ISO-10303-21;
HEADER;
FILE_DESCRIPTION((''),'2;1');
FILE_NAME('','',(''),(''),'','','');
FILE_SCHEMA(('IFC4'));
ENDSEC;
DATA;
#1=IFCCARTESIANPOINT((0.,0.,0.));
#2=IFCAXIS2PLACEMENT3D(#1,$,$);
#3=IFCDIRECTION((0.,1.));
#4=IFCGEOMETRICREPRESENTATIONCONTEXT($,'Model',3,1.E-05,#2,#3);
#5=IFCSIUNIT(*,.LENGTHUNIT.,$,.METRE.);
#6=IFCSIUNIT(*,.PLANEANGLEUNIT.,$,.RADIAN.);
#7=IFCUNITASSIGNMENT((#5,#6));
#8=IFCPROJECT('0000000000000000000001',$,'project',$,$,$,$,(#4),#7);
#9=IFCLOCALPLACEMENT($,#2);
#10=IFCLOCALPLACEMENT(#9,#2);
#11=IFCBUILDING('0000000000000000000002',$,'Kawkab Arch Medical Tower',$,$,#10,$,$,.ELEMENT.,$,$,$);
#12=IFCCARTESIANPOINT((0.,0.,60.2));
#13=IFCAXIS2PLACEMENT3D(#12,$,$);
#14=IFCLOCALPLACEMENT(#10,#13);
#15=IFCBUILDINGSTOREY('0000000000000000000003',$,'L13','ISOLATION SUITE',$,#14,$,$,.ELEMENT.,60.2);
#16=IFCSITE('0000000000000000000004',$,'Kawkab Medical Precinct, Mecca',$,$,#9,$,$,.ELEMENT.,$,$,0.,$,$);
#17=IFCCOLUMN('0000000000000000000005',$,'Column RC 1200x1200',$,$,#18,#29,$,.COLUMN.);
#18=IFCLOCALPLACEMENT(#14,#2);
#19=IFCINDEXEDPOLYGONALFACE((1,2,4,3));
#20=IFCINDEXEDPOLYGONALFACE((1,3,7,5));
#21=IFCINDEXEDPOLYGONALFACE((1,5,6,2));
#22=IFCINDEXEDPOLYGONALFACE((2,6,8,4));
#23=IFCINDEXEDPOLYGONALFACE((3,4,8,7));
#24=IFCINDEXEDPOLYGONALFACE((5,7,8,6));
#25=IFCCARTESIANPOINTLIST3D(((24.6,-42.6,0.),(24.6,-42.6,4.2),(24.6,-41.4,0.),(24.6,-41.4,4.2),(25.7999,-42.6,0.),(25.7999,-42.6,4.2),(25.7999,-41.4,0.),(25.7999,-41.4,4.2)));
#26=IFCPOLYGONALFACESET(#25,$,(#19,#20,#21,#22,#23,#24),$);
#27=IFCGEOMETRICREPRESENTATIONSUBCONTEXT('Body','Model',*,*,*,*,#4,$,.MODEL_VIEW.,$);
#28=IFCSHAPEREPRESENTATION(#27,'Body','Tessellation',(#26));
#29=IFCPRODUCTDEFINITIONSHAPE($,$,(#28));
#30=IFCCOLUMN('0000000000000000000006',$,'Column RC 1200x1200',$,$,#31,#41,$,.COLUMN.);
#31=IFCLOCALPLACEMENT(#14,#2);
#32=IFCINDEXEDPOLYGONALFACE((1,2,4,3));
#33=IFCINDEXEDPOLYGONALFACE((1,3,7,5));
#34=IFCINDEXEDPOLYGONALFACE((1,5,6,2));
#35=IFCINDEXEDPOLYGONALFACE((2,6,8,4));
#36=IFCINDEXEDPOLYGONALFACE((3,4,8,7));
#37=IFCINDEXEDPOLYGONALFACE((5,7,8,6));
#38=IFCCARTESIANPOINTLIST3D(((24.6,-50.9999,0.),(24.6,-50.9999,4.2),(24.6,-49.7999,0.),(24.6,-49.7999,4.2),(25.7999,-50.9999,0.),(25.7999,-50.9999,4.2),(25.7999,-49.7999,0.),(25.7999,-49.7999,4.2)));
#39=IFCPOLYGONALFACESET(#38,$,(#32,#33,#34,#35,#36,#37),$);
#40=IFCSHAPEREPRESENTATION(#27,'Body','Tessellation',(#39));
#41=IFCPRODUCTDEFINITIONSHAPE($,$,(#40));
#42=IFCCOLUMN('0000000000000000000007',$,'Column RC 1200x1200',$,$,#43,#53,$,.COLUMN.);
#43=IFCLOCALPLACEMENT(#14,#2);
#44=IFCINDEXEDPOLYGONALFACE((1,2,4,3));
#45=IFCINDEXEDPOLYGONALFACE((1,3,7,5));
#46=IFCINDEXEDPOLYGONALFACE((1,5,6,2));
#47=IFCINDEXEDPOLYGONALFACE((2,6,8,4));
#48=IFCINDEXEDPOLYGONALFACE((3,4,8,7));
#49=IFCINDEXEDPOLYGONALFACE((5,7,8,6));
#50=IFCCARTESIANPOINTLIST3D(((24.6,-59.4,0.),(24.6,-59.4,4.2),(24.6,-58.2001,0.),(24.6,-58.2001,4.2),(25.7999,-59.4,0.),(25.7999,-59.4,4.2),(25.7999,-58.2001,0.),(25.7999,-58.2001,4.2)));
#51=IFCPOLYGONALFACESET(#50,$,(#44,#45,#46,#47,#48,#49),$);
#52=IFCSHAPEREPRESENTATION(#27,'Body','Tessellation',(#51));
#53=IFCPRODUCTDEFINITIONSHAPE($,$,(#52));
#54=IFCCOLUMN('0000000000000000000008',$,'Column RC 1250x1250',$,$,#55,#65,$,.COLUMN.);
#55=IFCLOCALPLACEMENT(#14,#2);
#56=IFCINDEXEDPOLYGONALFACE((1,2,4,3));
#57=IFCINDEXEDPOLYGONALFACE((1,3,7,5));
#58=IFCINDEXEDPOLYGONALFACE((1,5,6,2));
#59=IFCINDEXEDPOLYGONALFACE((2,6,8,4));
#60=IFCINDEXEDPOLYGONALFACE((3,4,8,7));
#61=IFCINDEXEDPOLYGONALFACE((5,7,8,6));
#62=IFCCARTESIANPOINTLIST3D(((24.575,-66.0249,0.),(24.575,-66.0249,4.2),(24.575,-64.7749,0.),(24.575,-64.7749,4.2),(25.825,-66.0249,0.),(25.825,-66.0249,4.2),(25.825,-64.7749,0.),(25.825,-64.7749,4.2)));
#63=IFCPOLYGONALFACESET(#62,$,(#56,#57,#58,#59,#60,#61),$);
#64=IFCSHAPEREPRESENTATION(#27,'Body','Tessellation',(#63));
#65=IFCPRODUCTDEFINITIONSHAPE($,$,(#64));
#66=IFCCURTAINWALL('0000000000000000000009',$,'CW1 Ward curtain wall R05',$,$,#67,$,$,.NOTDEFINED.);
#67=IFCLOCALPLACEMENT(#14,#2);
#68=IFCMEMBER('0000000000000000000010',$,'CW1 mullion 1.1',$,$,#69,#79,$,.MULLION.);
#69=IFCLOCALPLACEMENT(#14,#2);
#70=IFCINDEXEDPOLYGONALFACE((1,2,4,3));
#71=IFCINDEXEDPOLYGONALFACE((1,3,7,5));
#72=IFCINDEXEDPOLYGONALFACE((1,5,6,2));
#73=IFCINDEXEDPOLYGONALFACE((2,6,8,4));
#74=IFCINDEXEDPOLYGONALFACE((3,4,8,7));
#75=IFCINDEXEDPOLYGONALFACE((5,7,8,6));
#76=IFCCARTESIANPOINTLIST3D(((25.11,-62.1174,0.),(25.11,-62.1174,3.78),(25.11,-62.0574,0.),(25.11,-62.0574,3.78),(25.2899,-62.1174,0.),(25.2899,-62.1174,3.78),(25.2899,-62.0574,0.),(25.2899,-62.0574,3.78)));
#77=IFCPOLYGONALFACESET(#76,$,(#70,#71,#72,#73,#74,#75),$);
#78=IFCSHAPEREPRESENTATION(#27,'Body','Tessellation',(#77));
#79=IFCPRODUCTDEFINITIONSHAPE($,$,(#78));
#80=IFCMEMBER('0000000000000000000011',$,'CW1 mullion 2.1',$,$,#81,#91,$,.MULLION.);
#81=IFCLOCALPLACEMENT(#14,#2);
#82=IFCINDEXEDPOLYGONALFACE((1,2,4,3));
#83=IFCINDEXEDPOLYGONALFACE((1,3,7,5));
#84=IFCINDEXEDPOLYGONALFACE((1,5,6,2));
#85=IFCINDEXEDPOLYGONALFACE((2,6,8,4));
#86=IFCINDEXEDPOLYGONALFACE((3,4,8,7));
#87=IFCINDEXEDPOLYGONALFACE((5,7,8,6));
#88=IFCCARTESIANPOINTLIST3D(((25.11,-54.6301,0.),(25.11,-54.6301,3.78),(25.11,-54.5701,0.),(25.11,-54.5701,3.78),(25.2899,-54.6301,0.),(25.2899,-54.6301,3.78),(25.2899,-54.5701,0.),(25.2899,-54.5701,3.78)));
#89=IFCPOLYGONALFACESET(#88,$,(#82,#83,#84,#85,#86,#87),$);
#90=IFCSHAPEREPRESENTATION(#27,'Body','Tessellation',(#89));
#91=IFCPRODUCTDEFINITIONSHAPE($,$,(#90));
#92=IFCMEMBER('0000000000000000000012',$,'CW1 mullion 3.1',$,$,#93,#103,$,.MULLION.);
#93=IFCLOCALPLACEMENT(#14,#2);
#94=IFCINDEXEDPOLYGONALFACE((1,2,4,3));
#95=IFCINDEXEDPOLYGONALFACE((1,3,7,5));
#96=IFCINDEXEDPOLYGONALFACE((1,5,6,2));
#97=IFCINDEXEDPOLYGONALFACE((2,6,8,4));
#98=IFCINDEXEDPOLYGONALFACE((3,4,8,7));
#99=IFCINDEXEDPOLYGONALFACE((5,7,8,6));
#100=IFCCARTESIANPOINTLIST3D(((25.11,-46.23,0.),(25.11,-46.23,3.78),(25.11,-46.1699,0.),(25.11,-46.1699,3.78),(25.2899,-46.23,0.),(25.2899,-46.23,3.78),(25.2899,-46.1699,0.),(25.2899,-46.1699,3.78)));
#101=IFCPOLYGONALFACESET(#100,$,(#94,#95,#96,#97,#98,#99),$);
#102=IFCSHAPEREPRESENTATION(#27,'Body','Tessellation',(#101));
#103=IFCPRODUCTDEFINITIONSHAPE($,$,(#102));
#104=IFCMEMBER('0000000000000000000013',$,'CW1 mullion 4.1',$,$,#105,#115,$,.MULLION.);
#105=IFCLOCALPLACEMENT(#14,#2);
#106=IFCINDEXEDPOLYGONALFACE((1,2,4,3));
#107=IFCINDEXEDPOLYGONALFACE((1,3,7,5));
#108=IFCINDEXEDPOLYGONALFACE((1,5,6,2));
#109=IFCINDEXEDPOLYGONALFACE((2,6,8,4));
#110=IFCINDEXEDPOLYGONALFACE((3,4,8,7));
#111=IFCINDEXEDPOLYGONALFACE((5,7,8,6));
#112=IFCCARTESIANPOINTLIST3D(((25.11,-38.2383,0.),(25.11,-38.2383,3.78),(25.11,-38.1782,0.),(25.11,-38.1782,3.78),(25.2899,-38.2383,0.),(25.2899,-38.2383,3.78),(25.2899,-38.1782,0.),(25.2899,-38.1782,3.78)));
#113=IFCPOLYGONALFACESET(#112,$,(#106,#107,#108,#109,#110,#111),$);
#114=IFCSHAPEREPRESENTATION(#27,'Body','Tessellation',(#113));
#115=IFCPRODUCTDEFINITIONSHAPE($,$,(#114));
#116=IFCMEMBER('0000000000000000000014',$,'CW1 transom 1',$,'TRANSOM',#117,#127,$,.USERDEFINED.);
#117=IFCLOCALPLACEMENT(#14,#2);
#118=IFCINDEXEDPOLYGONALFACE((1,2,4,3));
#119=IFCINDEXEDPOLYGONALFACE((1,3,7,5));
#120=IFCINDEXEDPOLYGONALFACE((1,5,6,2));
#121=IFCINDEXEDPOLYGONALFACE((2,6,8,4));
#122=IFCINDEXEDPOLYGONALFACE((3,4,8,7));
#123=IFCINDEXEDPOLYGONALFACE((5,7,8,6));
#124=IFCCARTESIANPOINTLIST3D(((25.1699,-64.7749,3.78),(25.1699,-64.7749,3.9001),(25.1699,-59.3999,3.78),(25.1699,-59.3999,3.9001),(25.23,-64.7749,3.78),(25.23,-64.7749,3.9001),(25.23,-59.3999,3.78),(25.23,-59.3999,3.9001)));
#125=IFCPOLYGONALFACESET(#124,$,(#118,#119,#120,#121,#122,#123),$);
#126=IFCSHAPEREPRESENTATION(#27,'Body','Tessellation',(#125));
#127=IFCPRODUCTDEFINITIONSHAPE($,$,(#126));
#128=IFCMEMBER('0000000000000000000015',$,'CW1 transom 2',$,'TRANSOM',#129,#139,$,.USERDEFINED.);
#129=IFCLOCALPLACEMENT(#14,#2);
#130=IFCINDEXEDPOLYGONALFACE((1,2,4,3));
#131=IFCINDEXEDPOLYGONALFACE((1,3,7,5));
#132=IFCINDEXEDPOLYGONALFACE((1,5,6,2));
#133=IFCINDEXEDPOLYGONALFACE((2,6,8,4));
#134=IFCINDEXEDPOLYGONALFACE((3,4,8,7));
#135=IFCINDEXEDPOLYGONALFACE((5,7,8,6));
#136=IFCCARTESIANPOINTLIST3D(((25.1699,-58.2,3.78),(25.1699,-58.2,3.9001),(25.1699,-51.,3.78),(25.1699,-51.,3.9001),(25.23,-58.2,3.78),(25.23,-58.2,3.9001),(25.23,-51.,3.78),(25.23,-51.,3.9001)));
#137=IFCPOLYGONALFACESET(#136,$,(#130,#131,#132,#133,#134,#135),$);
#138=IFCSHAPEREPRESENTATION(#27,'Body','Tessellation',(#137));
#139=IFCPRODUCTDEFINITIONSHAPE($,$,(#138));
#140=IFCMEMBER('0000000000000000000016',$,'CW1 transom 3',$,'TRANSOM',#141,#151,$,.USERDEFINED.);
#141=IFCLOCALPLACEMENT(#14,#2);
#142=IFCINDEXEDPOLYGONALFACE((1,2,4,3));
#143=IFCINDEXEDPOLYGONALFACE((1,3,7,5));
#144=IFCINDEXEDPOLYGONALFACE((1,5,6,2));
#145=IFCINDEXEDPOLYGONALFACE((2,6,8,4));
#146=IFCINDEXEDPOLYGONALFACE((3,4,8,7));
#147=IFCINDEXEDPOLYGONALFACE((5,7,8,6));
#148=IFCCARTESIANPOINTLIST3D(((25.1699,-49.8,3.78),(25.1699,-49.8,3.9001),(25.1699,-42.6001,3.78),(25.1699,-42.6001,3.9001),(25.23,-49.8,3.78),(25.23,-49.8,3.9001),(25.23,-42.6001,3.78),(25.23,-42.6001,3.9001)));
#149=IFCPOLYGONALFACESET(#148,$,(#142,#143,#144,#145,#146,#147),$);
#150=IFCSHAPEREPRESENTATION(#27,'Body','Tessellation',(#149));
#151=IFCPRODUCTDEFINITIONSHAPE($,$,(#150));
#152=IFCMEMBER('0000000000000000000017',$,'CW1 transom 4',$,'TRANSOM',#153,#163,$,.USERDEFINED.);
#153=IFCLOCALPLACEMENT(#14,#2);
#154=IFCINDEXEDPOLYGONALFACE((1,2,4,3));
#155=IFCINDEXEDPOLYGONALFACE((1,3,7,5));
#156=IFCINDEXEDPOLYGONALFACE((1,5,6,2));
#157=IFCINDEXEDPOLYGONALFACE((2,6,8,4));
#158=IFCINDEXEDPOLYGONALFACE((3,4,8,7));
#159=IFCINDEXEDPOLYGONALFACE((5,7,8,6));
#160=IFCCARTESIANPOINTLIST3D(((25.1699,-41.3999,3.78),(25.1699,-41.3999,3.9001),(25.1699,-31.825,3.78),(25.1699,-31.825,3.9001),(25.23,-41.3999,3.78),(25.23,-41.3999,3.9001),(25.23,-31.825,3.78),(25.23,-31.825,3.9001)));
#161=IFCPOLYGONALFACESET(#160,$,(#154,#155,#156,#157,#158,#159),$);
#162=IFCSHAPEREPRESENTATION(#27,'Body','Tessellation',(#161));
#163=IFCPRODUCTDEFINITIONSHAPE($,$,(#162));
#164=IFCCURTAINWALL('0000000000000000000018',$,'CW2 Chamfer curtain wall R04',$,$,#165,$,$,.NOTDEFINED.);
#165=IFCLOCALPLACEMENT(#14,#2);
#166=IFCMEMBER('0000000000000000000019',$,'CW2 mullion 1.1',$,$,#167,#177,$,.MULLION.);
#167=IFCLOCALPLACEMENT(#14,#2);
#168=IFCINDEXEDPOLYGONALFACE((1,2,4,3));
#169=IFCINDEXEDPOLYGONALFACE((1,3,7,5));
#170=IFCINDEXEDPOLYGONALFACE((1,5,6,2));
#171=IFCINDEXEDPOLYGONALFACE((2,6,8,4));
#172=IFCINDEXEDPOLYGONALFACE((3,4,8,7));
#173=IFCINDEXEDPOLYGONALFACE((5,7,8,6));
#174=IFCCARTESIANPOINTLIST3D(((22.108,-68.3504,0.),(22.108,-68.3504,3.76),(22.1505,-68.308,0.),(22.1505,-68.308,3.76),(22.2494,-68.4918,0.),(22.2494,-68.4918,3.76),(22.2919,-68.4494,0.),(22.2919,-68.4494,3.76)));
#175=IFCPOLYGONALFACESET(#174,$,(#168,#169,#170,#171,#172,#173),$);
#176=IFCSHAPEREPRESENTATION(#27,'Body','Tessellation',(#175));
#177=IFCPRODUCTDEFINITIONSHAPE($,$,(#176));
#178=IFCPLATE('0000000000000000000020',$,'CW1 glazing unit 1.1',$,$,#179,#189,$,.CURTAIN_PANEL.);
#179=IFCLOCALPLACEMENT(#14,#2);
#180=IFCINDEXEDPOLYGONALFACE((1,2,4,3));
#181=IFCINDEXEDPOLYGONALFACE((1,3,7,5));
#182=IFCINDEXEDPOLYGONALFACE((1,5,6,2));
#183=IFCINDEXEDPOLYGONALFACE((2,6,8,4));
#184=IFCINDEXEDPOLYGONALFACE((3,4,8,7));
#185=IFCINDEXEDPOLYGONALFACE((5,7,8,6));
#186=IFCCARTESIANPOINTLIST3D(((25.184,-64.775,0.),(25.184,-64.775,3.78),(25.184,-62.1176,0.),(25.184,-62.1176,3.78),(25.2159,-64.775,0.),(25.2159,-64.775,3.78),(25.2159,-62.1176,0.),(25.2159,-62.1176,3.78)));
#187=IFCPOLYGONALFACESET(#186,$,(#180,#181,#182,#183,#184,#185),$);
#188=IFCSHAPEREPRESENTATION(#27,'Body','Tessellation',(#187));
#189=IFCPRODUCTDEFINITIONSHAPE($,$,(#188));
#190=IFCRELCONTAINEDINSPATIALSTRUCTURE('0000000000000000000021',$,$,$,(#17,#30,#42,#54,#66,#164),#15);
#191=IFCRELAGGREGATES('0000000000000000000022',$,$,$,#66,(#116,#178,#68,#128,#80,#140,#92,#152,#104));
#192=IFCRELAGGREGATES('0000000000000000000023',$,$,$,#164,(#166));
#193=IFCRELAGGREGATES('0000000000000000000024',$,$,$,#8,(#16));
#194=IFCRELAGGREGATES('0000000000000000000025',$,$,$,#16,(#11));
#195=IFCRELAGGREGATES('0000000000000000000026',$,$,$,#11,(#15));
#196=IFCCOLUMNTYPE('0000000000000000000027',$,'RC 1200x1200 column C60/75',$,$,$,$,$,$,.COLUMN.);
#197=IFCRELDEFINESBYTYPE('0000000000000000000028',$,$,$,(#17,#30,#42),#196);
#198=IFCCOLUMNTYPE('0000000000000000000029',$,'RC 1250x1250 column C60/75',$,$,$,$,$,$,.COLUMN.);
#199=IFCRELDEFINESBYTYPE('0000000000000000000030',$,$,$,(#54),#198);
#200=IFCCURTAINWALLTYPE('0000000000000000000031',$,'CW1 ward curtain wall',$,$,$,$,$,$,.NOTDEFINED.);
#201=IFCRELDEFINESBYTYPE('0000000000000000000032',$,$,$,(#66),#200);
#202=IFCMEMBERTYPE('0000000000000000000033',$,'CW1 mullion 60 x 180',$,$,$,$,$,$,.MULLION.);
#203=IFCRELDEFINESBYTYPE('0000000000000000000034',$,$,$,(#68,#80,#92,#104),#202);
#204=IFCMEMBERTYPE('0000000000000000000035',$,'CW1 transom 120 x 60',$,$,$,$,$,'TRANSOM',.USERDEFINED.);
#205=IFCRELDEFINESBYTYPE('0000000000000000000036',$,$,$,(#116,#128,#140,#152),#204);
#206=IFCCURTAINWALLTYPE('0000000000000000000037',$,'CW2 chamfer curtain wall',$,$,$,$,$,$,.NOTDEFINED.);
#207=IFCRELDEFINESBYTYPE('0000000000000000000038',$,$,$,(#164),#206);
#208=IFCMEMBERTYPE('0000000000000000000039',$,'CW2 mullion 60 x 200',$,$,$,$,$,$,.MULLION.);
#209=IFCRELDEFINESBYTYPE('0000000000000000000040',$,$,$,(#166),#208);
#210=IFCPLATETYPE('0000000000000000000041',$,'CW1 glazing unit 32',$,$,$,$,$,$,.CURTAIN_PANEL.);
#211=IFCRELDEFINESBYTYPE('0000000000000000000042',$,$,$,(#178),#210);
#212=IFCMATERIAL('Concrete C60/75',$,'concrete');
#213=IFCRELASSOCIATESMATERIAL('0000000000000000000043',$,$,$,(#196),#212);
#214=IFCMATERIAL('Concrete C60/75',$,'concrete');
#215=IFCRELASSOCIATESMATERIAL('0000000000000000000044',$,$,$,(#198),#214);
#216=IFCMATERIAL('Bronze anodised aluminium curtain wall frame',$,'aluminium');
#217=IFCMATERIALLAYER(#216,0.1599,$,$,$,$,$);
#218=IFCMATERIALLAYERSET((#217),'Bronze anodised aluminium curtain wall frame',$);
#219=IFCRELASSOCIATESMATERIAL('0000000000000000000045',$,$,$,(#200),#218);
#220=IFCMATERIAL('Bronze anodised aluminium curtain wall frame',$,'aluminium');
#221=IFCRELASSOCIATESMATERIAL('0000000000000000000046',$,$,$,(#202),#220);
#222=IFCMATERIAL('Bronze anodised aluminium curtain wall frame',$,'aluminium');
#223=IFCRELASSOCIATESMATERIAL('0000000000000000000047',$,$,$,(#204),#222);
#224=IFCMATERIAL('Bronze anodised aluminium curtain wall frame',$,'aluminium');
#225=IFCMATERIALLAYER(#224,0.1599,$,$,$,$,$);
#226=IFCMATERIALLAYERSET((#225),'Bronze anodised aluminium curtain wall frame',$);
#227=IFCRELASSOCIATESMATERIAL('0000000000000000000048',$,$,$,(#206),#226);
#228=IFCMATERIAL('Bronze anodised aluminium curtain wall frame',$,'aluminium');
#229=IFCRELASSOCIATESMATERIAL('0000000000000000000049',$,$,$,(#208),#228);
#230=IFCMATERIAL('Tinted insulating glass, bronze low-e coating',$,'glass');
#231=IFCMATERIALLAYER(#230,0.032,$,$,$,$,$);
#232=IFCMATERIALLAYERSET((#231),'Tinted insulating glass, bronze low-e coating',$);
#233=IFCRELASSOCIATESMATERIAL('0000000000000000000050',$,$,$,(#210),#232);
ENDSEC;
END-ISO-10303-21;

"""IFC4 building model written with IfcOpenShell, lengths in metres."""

from ifc_helpers import new_model, si_unit, direction, frame, origin, origin_2d, place, context, subcontext, project, spatial, rectangle, extrude, material, layer, layer_set, material_profile, profile_set, type_object, element, aggregate, save


model = new_model("IFC4")

# Units and contexts
model_context = context("Model", 3, precision=1e-05, world=origin(), true_north=direction((0.0, 1.0)))
body_context = subcontext(model_context, "Body", "Model", "MODEL_VIEW")
ifc_project = project(units=[si_unit("LENGTHUNIT", "METRE"), si_unit("PLANEANGLEUNIT", "RADIAN")], contexts=[model_context])

# Site, building, storey
site_placement = place(None, origin())
site = spatial("IfcSite", under=ifc_project, at=site_placement, Name="Kawkab Medical Precinct, Mecca", CompositionType="ELEMENT", RefElevation=0.0)
building_placement = place(site_placement, origin())
building = spatial("IfcBuilding", under=site, at=building_placement, Name="Kawkab Arch Medical Tower", CompositionType="ELEMENT")
storey_placement = place(building_placement, frame((0.0, 0.0, 60.2)))
storey = spatial("IfcBuildingStorey", under=building, at=storey_placement, Name="L13", Description="ISOLATION SUITE", CompositionType="ELEMENT", Elevation=60.2)

# Columns
ifc_material_1 = material(Name="Concrete C60/75", Category="concrete")
ifc_material_profile_1 = material_profile(ifc_material_1, rectangle(XDim=1.2, YDim=1.2, at=origin_2d()), Name="RC 1200x1200")
ifc_profile_set_1 = profile_set([ifc_material_profile_1], Name="Concrete C60/75")
column_type_1 = type_object("IfcColumnType", Name="RC 1200x1200 column C60/75", PredefinedType="COLUMN", material=ifc_profile_set_1)
for number, where, z_axis, x_axis, name in (
    (1, (25.2, -42.0, 0.0), (0.0, 0.0, 1.0), (1.0, 0.0, 0.0), "Column RC 1200x1200"),
    (2, (25.2, -50.3999, 0.0), (0.0, 0.0, 1.0), (1.0, 0.0, 0.0), "Column RC 1200x1200"),
    (3, (25.2, -58.8, 0.0), (0.0, 0.0, 1.0), (1.0, 0.0, 0.0), "Column RC 1200x1200"),
):
    element("IfcColumn", number, at=place(storey_placement, frame(where, z_axis=z_axis, x_axis=x_axis)), inside=storey, type_object=column_type_1, Name=name, PredefinedType="COLUMN", context=body_context, shape_type="SweptSolid", body=[
        extrude(rectangle(XDim=1.2, YDim=1.2, at=origin_2d()), origin(), (0.0, 0.0, 1.0), 4.2),
    ])
ifc_material_2 = material(Name="Concrete C60/75", Category="concrete")
ifc_material_profile_2 = material_profile(ifc_material_2, rectangle(XDim=1.25, YDim=1.25, at=origin_2d()), Name="RC 1250x1250")
ifc_profile_set_2 = profile_set([ifc_material_profile_2], Name="Concrete C60/75")
column_type_2 = type_object("IfcColumnType", Name="RC 1250x1250 column C60/75", PredefinedType="COLUMN", material=ifc_profile_set_2)
column_placement = place(storey_placement, frame((25.2, -65.3999, 0.0), z_axis=(0.0, 0.0, 1.0), x_axis=(1.0, 0.0, 0.0)))
element("IfcColumn", 4, at=column_placement, inside=storey, type_object=column_type_2, Name="Column RC 1250x1250", PredefinedType="COLUMN", context=body_context, shape_type="SweptSolid", body=[
    extrude(rectangle(XDim=1.25, YDim=1.25, at=origin_2d()), origin(), (0.0, 0.0, 1.0), 4.2),
])

# Curtain wall, members
ifc_material_3 = material(Name="Bronze anodised aluminium curtain wall frame", Category="aluminium")
ifc_layer_1 = layer(ifc_material_3, 0.1599)
ifc_layer_set_1 = layer_set([ifc_layer_1], Name="Bronze anodised aluminium curtain wall frame")
curtain_wall_type_1 = type_object("IfcCurtainWallType", Name="CW1 ward curtain wall", PredefinedType="NOTDEFINED", material=ifc_layer_set_1)
placement = place(storey_placement, origin())
curtain_wall_1 = element("IfcCurtainWall", 5, at=placement, inside=storey, type_object=curtain_wall_type_1, Name="CW1 Ward curtain wall R05", PredefinedType="NOTDEFINED")
ifc_material_4 = material(Name="Bronze anodised aluminium curtain wall frame", Category="aluminium")
ifc_material_profile_3 = material_profile(ifc_material_4, rectangle(XDim=0.1799, YDim=0.0601, at=origin_2d()), Name="AL 60x180")
ifc_profile_set_3 = profile_set([ifc_material_profile_3], Name="Bronze anodised aluminium curtain wall frame")
member_type_1 = type_object("IfcMemberType", Name="CW1 mullion 60 x 180", PredefinedType="MULLION", material=ifc_profile_set_3)
member_1_placement = place(storey_placement, frame((25.2, -62.0874, 0.0), z_axis=(0.0, 0.0, 1.0), x_axis=(-1.0, 0.0, 0.0)))
member_1 = element("IfcMember", 6, at=member_1_placement, type_object=member_type_1, Name="CW1 mullion 1.1", PredefinedType="MULLION", context=body_context, shape_type="SweptSolid", body=[
    extrude(rectangle(XDim=0.1799, YDim=0.0601, at=origin_2d()), origin(), (0.0, 0.0, 1.0), 3.78),
])
member_2_placement = place(storey_placement, frame((25.2, -54.6001, 0.0), z_axis=(0.0, 0.0, 1.0), x_axis=(-1.0, 0.0, 0.0)))
member_2 = element("IfcMember", 7, at=member_2_placement, type_object=member_type_1, Name="CW1 mullion 2.1", PredefinedType="MULLION", context=body_context, shape_type="SweptSolid", body=[
    extrude(rectangle(XDim=0.1799, YDim=0.0601, at=origin_2d()), origin(), (0.0, 0.0, 1.0), 3.78),
])
member_3_placement = place(storey_placement, frame((25.2, -46.2, 0.0), z_axis=(0.0, 0.0, 1.0), x_axis=(-1.0, 0.0, 0.0)))
member_3 = element("IfcMember", 8, at=member_3_placement, type_object=member_type_1, Name="CW1 mullion 3.1", PredefinedType="MULLION", context=body_context, shape_type="SweptSolid", body=[
    extrude(rectangle(XDim=0.1799, YDim=0.0601, at=origin_2d()), origin(), (0.0, 0.0, 1.0), 3.78),
])
member_4_placement = place(storey_placement, frame((25.2, -38.2083, 0.0), z_axis=(0.0, 0.0, 1.0), x_axis=(-1.0, 0.0, 0.0)))
member_4 = element("IfcMember", 9, at=member_4_placement, type_object=member_type_1, Name="CW1 mullion 4.1", PredefinedType="MULLION", context=body_context, shape_type="SweptSolid", body=[
    extrude(rectangle(XDim=0.1799, YDim=0.0601, at=origin_2d()), origin(), (0.0, 0.0, 1.0), 3.78),
])
ifc_material_5 = material(Name="Bronze anodised aluminium curtain wall frame", Category="aluminium")
ifc_material_profile_4 = material_profile(ifc_material_5, rectangle(XDim=0.0601, YDim=0.1201, at=origin_2d()), Name="AL 60x120")
ifc_profile_set_4 = profile_set([ifc_material_profile_4], Name="Bronze anodised aluminium curtain wall frame")
member_type_2 = type_object("IfcMemberType", Name="CW1 transom 120 x 60", ElementType="TRANSOM", PredefinedType="USERDEFINED", material=ifc_profile_set_4)
member_5_placement = place(storey_placement, frame((25.2, -64.7749, 3.8401), z_axis=(0.0, 1.0, 0.0), x_axis=(-1.0, 0.0, 0.0)))
member_5 = element("IfcMember", 10, at=member_5_placement, type_object=member_type_2, Name="CW1 transom 1", ObjectType="TRANSOM", PredefinedType="USERDEFINED", context=body_context, shape_type="SweptSolid", body=[
    extrude(rectangle(XDim=0.0601, YDim=0.1201, at=origin_2d()), origin(), (0.0, 0.0, 1.0), 5.375),
])
member_6_placement = place(storey_placement, frame((25.2, -58.2, 3.8401), z_axis=(0.0, 1.0, 0.0), x_axis=(-1.0, 0.0, 0.0)))
member_6 = element("IfcMember", 11, at=member_6_placement, type_object=member_type_2, Name="CW1 transom 2", ObjectType="TRANSOM", PredefinedType="USERDEFINED", context=body_context, shape_type="SweptSolid", body=[
    extrude(rectangle(XDim=0.0601, YDim=0.1201, at=origin_2d()), origin(), (0.0, 0.0, 1.0), 7.2),
])
member_7_placement = place(storey_placement, frame((25.2, -49.8, 3.8401), z_axis=(0.0, 1.0, 0.0), x_axis=(-1.0, 0.0, 0.0)))
member_7 = element("IfcMember", 12, at=member_7_placement, type_object=member_type_2, Name="CW1 transom 3", ObjectType="TRANSOM", PredefinedType="USERDEFINED", context=body_context, shape_type="SweptSolid", body=[
    extrude(rectangle(XDim=0.0601, YDim=0.1201, at=origin_2d()), origin(), (0.0, 0.0, 1.0), 7.2),
])
member_8_placement = place(storey_placement, frame((25.2, -41.3999, 3.8401), z_axis=(0.0, 1.0, 0.0), x_axis=(-1.0, 0.0, 0.0)))
member_8 = element("IfcMember", 13, at=member_8_placement, type_object=member_type_2, Name="CW1 transom 4", ObjectType="TRANSOM", PredefinedType="USERDEFINED", context=body_context, shape_type="SweptSolid", body=[
    extrude(rectangle(XDim=0.0601, YDim=0.1201, at=origin_2d()), origin(), (0.0, 0.0, 1.0), 9.575),
])

# Curtain wall, member
ifc_material_6 = material(Name="Bronze anodised aluminium curtain wall frame", Category="aluminium")
ifc_layer_2 = layer(ifc_material_6, 0.1599)
ifc_layer_set_2 = layer_set([ifc_layer_2], Name="Bronze anodised aluminium curtain wall frame")
curtain_wall_type_2 = type_object("IfcCurtainWallType", Name="CW2 chamfer curtain wall", PredefinedType="NOTDEFINED", material=ifc_layer_set_2)
curtain_wall_2 = element("IfcCurtainWall", 14, at=placement, inside=storey, type_object=curtain_wall_type_2, Name="CW2 Chamfer curtain wall R04", PredefinedType="NOTDEFINED")
ifc_material_7 = material(Name="Bronze anodised aluminium curtain wall frame", Category="aluminium")
ifc_material_profile_5 = material_profile(ifc_material_7, rectangle(XDim=0.2, YDim=0.0601, at=origin_2d()), Name="AL 60x200")
ifc_profile_set_5 = profile_set([ifc_material_profile_5], Name="Bronze anodised aluminium curtain wall frame")
member_type_3 = type_object("IfcMemberType", Name="CW2 mullion 60 x 200", PredefinedType="MULLION", material=ifc_profile_set_5)
member_9_placement = place(storey_placement, frame((22.2, -68.3999, 0.0), z_axis=(0.0, 0.0, 1.0), x_axis=(-0.707107, 0.707107, 0.0)))
member_9 = element("IfcMember", 15, at=member_9_placement, type_object=member_type_3, Name="CW2 mullion 1.1", PredefinedType="MULLION", context=body_context, shape_type="SweptSolid", body=[
    extrude(rectangle(XDim=0.2, YDim=0.0601, at=origin_2d()), origin(), (0.0, 0.0, 1.0), 3.76),
])

# Plate
ifc_material_8 = material(Name="Tinted insulating glass, bronze low-e coating", Category="glass")
ifc_layer_3 = layer(ifc_material_8, 0.032)
ifc_layer_set_3 = layer_set([ifc_layer_3], Name="Tinted insulating glass, bronze low-e coating")
plate_type_1 = type_object("IfcPlateType", Name="CW1 glazing unit 32", PredefinedType="CURTAIN_PANEL", material=ifc_layer_set_3)
plate_1_placement = place(storey_placement, frame((25.2, -63.4463, 0.0), z_axis=(0.0, 0.0, 1.0), x_axis=(0.0, 1.0, 0.0)))
plate_1 = element("IfcPlate", 16, at=plate_1_placement, type_object=plate_type_1, Name="CW1 glazing unit 1.1", PredefinedType="CURTAIN_PANEL", context=body_context, shape_type="SweptSolid", body=[
    extrude(rectangle(XDim=2.6575, YDim=0.032, at=origin_2d()), origin(), (0.0, 0.0, 1.0), 3.78),
])
aggregate(curtain_wall_1, [member_5, plate_1, member_1, member_6, member_2, member_7, member_3, member_8, member_4])
aggregate(curtain_wall_2, [member_9])

save(model, "model.ifc")
